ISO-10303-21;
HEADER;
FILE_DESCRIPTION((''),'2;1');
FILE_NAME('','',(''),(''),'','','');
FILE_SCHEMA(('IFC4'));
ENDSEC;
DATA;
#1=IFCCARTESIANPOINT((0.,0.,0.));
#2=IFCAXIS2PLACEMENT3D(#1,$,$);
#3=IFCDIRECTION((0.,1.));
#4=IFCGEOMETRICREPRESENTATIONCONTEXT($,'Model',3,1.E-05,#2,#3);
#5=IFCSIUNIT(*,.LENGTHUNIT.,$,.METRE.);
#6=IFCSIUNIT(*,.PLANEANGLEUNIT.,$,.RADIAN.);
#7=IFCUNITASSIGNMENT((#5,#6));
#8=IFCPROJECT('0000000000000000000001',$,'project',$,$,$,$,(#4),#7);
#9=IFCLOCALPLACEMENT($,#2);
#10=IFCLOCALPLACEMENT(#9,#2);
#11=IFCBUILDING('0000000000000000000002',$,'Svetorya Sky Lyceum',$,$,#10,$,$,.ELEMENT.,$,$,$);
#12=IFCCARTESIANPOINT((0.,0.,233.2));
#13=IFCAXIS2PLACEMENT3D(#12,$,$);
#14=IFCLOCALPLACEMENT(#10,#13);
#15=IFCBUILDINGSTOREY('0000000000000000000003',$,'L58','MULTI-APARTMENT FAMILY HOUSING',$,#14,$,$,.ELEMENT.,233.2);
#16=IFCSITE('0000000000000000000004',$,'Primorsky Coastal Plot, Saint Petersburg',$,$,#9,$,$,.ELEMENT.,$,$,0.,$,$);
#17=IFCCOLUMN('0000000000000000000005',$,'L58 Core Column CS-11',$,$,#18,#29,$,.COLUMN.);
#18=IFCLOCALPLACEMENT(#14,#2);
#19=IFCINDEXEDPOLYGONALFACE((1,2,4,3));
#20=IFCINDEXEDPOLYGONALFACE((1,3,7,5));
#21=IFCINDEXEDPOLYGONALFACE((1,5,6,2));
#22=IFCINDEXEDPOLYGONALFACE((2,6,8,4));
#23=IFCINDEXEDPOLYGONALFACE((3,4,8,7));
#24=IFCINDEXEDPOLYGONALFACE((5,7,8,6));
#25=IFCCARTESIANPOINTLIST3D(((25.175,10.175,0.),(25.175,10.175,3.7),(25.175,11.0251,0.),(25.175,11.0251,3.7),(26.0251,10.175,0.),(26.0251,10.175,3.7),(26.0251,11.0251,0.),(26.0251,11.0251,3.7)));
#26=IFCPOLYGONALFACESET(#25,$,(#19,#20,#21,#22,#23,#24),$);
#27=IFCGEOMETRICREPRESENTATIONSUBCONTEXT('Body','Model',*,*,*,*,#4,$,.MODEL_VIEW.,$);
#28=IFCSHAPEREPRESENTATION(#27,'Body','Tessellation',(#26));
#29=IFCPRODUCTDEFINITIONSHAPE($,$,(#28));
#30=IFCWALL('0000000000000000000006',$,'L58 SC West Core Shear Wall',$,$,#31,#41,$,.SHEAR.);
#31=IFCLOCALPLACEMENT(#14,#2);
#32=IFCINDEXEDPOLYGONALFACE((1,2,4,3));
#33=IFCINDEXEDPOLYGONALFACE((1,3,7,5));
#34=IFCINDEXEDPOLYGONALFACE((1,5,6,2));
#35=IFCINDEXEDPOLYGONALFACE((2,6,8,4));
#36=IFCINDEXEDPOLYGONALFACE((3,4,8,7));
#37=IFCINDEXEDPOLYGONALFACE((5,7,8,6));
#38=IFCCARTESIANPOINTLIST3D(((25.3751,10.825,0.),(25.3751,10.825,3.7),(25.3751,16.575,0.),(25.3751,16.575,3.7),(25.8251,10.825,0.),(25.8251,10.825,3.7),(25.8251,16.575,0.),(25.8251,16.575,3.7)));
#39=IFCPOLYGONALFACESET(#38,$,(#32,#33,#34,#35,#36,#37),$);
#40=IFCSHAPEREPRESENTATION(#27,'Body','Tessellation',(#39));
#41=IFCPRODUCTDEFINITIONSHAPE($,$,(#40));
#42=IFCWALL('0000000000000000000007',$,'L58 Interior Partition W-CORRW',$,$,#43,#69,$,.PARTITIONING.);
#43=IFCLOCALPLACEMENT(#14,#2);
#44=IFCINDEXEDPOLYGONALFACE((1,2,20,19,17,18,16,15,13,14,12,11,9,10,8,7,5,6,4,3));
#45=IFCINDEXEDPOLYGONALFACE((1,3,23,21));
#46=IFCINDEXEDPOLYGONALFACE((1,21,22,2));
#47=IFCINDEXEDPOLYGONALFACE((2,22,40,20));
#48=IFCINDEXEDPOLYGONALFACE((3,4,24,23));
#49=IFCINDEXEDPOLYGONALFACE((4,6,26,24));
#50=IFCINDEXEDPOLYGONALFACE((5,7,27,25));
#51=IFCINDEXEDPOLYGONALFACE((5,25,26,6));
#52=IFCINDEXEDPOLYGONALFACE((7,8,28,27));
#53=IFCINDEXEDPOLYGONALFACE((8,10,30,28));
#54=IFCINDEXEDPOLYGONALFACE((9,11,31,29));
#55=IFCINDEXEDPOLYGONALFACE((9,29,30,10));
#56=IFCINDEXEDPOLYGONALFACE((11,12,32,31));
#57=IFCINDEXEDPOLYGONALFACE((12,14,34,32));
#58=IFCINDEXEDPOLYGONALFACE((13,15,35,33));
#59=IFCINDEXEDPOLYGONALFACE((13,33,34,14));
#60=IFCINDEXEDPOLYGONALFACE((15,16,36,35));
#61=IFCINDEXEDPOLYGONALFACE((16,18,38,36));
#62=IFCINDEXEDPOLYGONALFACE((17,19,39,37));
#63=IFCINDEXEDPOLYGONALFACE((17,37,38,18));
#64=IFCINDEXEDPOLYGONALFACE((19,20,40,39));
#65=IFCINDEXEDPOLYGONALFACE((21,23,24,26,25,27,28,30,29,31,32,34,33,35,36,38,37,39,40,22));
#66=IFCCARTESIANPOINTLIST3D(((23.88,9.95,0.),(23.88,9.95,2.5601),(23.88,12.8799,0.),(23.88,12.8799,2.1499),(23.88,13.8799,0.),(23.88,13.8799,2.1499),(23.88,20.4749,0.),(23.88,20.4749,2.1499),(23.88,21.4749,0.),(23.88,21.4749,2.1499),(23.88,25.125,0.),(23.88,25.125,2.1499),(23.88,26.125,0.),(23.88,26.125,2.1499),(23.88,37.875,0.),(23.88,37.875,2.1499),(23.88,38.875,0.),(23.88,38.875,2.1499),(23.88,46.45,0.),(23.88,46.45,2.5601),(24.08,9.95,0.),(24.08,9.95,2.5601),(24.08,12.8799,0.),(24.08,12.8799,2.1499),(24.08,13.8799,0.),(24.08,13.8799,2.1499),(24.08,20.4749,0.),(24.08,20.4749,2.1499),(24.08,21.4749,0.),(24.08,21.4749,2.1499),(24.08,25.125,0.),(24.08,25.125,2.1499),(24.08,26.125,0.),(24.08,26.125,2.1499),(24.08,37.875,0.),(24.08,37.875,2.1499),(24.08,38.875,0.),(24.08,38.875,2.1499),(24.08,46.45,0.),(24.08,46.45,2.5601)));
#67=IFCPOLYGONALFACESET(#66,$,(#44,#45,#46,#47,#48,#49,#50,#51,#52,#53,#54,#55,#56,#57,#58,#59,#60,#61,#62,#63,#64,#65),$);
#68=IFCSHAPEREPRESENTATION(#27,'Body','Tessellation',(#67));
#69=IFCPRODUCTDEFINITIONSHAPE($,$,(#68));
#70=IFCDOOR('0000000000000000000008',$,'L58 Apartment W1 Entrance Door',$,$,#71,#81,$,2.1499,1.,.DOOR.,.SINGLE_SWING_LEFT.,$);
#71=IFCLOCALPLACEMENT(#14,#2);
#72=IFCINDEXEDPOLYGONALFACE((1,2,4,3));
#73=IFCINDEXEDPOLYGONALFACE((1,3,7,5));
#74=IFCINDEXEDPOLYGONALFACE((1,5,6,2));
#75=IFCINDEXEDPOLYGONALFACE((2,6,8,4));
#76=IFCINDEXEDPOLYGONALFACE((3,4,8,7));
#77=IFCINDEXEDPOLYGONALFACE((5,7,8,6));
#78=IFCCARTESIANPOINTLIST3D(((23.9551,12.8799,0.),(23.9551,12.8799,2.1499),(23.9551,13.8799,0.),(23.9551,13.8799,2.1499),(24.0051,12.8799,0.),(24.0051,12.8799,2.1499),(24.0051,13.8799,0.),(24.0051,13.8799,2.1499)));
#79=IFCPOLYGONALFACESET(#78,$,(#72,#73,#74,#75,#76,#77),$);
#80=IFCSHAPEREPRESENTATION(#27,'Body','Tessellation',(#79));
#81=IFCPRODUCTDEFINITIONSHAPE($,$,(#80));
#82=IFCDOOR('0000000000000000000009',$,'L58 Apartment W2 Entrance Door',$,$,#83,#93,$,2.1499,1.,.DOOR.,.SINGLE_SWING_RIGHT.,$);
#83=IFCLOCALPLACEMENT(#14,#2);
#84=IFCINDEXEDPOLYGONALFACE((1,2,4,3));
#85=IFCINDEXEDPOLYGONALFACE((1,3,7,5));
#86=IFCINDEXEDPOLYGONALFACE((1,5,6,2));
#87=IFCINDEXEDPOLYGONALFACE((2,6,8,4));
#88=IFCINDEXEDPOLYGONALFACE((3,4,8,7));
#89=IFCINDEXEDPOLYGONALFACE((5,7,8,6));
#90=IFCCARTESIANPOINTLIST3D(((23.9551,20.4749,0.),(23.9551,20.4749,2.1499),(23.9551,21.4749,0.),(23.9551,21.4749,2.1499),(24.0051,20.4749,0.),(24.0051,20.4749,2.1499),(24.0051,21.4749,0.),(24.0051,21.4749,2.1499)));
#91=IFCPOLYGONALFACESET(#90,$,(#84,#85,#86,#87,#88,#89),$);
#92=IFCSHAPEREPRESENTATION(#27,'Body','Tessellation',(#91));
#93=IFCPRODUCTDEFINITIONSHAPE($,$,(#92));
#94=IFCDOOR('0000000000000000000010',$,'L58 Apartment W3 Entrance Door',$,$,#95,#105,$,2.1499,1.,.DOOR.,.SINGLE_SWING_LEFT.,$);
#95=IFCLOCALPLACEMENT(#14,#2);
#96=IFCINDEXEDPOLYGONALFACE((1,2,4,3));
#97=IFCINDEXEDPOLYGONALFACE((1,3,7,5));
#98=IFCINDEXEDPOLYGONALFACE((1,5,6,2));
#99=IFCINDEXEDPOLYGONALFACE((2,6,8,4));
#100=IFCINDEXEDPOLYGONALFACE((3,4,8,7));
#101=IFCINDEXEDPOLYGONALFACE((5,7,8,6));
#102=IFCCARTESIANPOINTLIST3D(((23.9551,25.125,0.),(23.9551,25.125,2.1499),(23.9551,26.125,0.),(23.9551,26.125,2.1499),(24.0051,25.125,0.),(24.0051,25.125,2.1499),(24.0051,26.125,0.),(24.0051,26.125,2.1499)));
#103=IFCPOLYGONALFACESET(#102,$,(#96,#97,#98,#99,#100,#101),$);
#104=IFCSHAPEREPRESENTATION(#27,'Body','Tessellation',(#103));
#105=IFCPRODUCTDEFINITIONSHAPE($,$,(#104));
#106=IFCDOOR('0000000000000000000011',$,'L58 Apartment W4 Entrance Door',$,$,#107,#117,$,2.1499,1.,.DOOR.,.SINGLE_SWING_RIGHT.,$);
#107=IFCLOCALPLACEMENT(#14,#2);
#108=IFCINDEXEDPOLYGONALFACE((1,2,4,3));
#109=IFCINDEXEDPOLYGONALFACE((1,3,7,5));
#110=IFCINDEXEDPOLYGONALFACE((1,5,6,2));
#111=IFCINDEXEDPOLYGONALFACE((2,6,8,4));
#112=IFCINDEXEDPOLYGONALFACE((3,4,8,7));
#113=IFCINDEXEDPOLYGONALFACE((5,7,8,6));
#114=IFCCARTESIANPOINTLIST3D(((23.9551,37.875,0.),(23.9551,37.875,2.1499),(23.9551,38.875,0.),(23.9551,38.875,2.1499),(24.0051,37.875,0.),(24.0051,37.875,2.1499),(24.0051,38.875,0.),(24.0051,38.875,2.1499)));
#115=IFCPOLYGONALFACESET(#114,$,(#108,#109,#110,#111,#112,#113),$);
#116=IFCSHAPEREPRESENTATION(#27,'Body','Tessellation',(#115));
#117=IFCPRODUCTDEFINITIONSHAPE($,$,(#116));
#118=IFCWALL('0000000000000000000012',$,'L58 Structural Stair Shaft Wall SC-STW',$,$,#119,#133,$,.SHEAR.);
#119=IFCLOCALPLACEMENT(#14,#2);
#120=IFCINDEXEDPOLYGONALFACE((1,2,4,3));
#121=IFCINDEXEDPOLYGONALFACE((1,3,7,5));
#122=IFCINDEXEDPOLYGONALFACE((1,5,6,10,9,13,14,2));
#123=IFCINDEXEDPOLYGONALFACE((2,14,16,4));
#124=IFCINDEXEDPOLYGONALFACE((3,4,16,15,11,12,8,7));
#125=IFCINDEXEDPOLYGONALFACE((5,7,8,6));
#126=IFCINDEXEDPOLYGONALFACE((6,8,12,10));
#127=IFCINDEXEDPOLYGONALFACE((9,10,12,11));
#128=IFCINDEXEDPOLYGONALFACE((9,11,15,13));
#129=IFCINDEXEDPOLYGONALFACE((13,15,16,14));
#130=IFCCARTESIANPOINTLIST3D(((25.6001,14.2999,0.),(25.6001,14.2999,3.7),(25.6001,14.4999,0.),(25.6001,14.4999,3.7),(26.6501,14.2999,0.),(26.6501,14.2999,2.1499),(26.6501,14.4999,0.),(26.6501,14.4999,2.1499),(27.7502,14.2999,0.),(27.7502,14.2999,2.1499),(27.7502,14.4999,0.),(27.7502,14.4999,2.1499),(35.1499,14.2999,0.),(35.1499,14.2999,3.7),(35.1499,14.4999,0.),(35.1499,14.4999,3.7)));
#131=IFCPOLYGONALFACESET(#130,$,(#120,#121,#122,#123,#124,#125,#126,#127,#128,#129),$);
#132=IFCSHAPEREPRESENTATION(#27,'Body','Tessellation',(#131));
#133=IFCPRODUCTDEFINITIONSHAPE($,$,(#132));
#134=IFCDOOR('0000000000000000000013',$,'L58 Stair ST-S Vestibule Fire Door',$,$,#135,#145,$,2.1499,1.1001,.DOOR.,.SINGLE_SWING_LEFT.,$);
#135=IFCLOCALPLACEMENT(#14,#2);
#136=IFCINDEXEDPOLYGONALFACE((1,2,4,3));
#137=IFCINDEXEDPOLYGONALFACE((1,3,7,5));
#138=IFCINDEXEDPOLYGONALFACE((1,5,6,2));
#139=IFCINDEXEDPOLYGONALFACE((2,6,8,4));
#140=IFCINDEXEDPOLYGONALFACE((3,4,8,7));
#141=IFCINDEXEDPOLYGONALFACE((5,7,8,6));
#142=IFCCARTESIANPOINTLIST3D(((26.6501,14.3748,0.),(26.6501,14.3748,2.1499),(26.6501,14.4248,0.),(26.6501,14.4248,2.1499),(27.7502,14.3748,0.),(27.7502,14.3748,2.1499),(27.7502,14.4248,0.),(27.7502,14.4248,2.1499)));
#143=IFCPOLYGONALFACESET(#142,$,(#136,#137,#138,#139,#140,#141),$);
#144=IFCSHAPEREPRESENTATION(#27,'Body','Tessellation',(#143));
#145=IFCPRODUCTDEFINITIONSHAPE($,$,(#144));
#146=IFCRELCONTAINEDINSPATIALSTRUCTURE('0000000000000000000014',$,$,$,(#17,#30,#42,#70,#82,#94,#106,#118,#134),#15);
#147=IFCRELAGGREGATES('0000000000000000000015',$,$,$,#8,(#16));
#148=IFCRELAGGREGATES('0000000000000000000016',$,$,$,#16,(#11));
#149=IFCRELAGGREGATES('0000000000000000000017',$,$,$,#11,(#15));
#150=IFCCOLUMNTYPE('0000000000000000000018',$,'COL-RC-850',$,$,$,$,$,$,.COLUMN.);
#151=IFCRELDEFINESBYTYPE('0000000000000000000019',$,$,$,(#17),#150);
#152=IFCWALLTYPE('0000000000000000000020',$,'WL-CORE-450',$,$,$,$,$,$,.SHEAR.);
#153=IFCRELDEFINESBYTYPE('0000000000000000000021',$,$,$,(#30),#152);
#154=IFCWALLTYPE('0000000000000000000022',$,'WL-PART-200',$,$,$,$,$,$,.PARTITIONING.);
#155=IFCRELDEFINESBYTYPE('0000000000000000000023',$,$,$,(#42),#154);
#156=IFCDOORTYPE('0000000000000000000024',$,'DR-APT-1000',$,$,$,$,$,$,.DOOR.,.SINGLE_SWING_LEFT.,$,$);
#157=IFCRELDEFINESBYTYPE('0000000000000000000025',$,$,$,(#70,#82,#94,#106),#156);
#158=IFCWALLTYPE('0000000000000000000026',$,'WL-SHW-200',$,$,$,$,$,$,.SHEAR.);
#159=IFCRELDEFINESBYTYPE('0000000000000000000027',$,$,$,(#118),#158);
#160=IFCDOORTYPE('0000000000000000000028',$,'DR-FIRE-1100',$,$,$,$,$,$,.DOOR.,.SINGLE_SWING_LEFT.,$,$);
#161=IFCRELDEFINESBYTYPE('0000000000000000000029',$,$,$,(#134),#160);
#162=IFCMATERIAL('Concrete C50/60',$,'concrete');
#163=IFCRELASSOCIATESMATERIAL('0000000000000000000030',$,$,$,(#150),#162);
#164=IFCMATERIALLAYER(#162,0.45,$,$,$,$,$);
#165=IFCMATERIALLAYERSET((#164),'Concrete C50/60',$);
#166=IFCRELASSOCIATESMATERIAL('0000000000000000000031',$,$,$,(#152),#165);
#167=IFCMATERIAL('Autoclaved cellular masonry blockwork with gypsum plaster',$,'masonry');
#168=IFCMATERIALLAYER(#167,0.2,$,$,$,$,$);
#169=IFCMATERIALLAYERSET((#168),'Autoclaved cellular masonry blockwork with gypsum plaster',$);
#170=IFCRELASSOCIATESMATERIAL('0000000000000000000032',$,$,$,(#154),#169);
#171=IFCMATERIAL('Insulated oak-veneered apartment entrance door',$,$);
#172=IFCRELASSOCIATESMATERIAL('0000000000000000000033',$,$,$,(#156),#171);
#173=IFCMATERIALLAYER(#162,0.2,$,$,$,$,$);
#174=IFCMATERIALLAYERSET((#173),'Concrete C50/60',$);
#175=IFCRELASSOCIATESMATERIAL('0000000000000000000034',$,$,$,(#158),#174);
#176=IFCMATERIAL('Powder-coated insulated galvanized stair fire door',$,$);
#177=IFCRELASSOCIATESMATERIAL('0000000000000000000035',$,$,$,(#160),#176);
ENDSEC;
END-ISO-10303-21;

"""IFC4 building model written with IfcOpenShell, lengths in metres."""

from ifc_helpers import new_model, si_unit, direction, frame, frame_2d, origin, origin_2d, place, context, subcontext, project, spatial, rectangle, extrude, material, layer, layer_set, material_profile, profile_set, type_object, element, fill, save


model = new_model("IFC4")

# Units and contexts
model_context = context("Model", 3, precision=1e-05, world=origin(), true_north=direction((0.0, 1.0)))
body_context = subcontext(model_context, "Body", "Model", "MODEL_VIEW")
ifc_project = project(units=[si_unit("LENGTHUNIT", "METRE"), si_unit("PLANEANGLEUNIT", "RADIAN")], contexts=[model_context])

# Site, building, storey
site_placement = place(None, origin())
site = spatial("IfcSite", under=ifc_project, at=site_placement, Name="Primorsky Coastal Plot, Saint Petersburg", CompositionType="ELEMENT", RefElevation=0.0)
building_placement = place(site_placement, origin())
building = spatial("IfcBuilding", under=site, at=building_placement, Name="Svetorya Sky Lyceum", CompositionType="ELEMENT")
storey_placement = place(building_placement, frame((0.0, 0.0, 233.2)))
storey = spatial("IfcBuildingStorey", under=building, at=storey_placement, Name="L58", Description="MULTI-APARTMENT FAMILY HOUSING", CompositionType="ELEMENT", Elevation=233.2)

# Column
ifc_material_1 = material(Name="Concrete C50/60", Category="concrete")
ifc_material_profile = material_profile(ifc_material_1, rectangle(XDim=0.8501, YDim=0.8501, at=origin_2d()), Name="RC COL 850x850")
ifc_profile_set = profile_set([ifc_material_profile], Name="Concrete C50/60")
column_type = type_object("IfcColumnType", Name="COL-RC-850", PredefinedType="COLUMN", material=ifc_profile_set)
column_placement = place(storey_placement, frame((25.6001, 10.6001, 0.0), z_axis=(0.0, 0.0, 1.0), x_axis=(1.0, 0.0, 0.0)))
element("IfcColumn", 1, at=column_placement, inside=storey, type_object=column_type, Name="L58 Core Column CS-11", PredefinedType="COLUMN", context=body_context, shape_type="SweptSolid", body=[
    extrude(rectangle(XDim=0.8501, YDim=0.8501, at=origin_2d()), origin(), (0.0, 0.0, 1.0), 3.7),
])

# Wall
ifc_layer_1 = layer(ifc_material_1, 0.45)
ifc_layer_set_1 = layer_set([ifc_layer_1], Name="Concrete C50/60")
wall_type_1 = type_object("IfcWallType", Name="WL-CORE-450", PredefinedType="SHEAR", material=ifc_layer_set_1)
wall_1_placement = place(storey_placement, frame((25.6001, 10.825, 0.0), z_axis=(0.0, 0.0, 1.0), x_axis=(0.0, 1.0, 0.0)))
element("IfcWall", 2, at=wall_1_placement, inside=storey, type_object=wall_type_1, Name="L58 SC West Core Shear Wall", PredefinedType="SHEAR", context=body_context, shape_type="SweptSolid", body=[
    extrude(rectangle(XDim=5.75, YDim=0.45, at=frame_2d((2.875, 0.0))), origin(), (0.0, 0.0, 1.0), 3.7),
])

# Wall, openings, doors
ifc_material_2 = material(Name="Autoclaved cellular masonry blockwork with gypsum plaster", Category="masonry")
ifc_layer_2 = layer(ifc_material_2, 0.2)
ifc_layer_set_2 = layer_set([ifc_layer_2], Name="Autoclaved cellular masonry blockwork with gypsum plaster")
wall_type_2 = type_object("IfcWallType", Name="WL-PART-200", PredefinedType="PARTITIONING", material=ifc_layer_set_2)
wall_2_placement = place(storey_placement, frame((23.98, 9.95, 0.0), z_axis=(0.0, 0.0, 1.0), x_axis=(0.0, 1.0, 0.0)))
wall_2 = element("IfcWall", 3, at=wall_2_placement, inside=storey, type_object=wall_type_2, Name="L58 Interior Partition W-CORRW", PredefinedType="PARTITIONING", context=body_context, shape_type="SweptSolid", body=[
    extrude(rectangle(XDim=36.5, YDim=0.2, at=frame_2d((18.25, 0.0))), origin(), (0.0, 0.0, 1.0), 2.5601),
])
opening_1_placement = place(wall_2_placement, frame((2.9299, 0.0, 0.0)))
opening_1 = element("IfcOpeningElement", 4, at=opening_1_placement, cuts=wall_2, PredefinedType="OPENING", context=body_context, shape_type="SweptSolid", body=[
    extrude(rectangle(XDim=1.0, YDim=2.1499, at=frame_2d((0.5, 1.075))), frame((0.0, 0.1099, 0.0), z_axis=(0.0, -1.0, 0.0), x_axis=(1.0, 0.0, 0.0)), (0.0, 0.0, 1.0), 0.22),
])
opening_2_placement = place(wall_2_placement, frame((10.5249, 0.0, 0.0)))
opening_2 = element("IfcOpeningElement", 5, at=opening_2_placement, cuts=wall_2, PredefinedType="OPENING", context=body_context, shape_type="SweptSolid", body=[
    extrude(rectangle(XDim=1.0, YDim=2.1499, at=frame_2d((0.5, 1.075))), frame((0.0, 0.1099, 0.0), z_axis=(0.0, -1.0, 0.0), x_axis=(1.0, 0.0, 0.0)), (0.0, 0.0, 1.0), 0.22),
])
opening_3_placement = place(wall_2_placement, frame((15.175, 0.0, 0.0)))
opening_3 = element("IfcOpeningElement", 6, at=opening_3_placement, cuts=wall_2, PredefinedType="OPENING", context=body_context, shape_type="SweptSolid", body=[
    extrude(rectangle(XDim=1.0, YDim=2.1499, at=frame_2d((0.5, 1.075))), frame((0.0, 0.1099, 0.0), z_axis=(0.0, -1.0, 0.0), x_axis=(1.0, 0.0, 0.0)), (0.0, 0.0, 1.0), 0.22),
])
opening_4_placement = place(wall_2_placement, frame((27.925, 0.0, 0.0)))
opening_4 = element("IfcOpeningElement", 7, at=opening_4_placement, cuts=wall_2, PredefinedType="OPENING", context=body_context, shape_type="SweptSolid", body=[
    extrude(rectangle(XDim=1.0, YDim=2.1499, at=frame_2d((0.5, 1.075))), frame((0.0, 0.1099, 0.0), z_axis=(0.0, -1.0, 0.0), x_axis=(1.0, 0.0, 0.0)), (0.0, 0.0, 1.0), 0.22),
])
ifc_material_3 = material(Name="Insulated oak-veneered apartment entrance door")
door_type_1 = type_object("IfcDoorType", Name="DR-APT-1000", OperationType="SINGLE_SWING_LEFT", PredefinedType="DOOR", material=ifc_material_3)
door_1_placement = place(opening_1_placement, origin())
door_1 = element("IfcDoor", 8, at=door_1_placement, inside=storey, type_object=door_type_1, Name="L58 Apartment W1 Entrance Door", OperationType="SINGLE_SWING_LEFT", OverallHeight=2.1499, OverallWidth=1.0, PredefinedType="DOOR", context=body_context, shape_type="SweptSolid", body=[
    extrude(rectangle(XDim=1.0, YDim=2.1499, at=frame_2d((0.5, 1.075))), frame((0.0, 0.0249, 0.0), z_axis=(0.0, -1.0, 0.0), x_axis=(1.0, 0.0, 0.0)), (0.0, 0.0, 1.0), 0.05),
])
fill(opening_1, door_1)
door_2_placement = place(opening_2_placement, origin())
door_2 = element("IfcDoor", 9, at=door_2_placement, inside=storey, type_object=door_type_1, Name="L58 Apartment W2 Entrance Door", OperationType="SINGLE_SWING_RIGHT", OverallHeight=2.1499, OverallWidth=1.0, PredefinedType="DOOR", context=body_context, shape_type="SweptSolid", body=[
    extrude(rectangle(XDim=1.0, YDim=2.1499, at=frame_2d((0.5, 1.075))), frame((0.0, 0.0249, 0.0), z_axis=(0.0, -1.0, 0.0), x_axis=(1.0, 0.0, 0.0)), (0.0, 0.0, 1.0), 0.05),
])
fill(opening_2, door_2)
door_3_placement = place(opening_3_placement, origin())
door_3 = element("IfcDoor", 10, at=door_3_placement, inside=storey, type_object=door_type_1, Name="L58 Apartment W3 Entrance Door", OperationType="SINGLE_SWING_LEFT", OverallHeight=2.1499, OverallWidth=1.0, PredefinedType="DOOR", context=body_context, shape_type="SweptSolid", body=[
    extrude(rectangle(XDim=1.0, YDim=2.1499, at=frame_2d((0.5, 1.075))), frame((0.0, 0.0249, 0.0), z_axis=(0.0, -1.0, 0.0), x_axis=(1.0, 0.0, 0.0)), (0.0, 0.0, 1.0), 0.05),
])
fill(opening_3, door_3)
door_4_placement = place(opening_4_placement, origin())
door_4 = element("IfcDoor", 11, at=door_4_placement, inside=storey, type_object=door_type_1, Name="L58 Apartment W4 Entrance Door", OperationType="SINGLE_SWING_RIGHT", OverallHeight=2.1499, OverallWidth=1.0, PredefinedType="DOOR", context=body_context, shape_type="SweptSolid", body=[
    extrude(rectangle(XDim=1.0, YDim=2.1499, at=frame_2d((0.5, 1.075))), frame((0.0, 0.0249, 0.0), z_axis=(0.0, -1.0, 0.0), x_axis=(1.0, 0.0, 0.0)), (0.0, 0.0, 1.0), 0.05),
])
fill(opening_4, door_4)

# Wall, opening, door
ifc_layer_3 = layer(ifc_material_1, 0.2)
ifc_layer_set_3 = layer_set([ifc_layer_3], Name="Concrete C50/60")
wall_type_3 = type_object("IfcWallType", Name="WL-SHW-200", PredefinedType="SHEAR", material=ifc_layer_set_3)
wall_3_placement = place(storey_placement, frame((25.6001, 14.3999, 0.0), z_axis=(0.0, 0.0, 1.0), x_axis=(1.0, 0.0, 0.0)))
wall_3 = element("IfcWall", 12, at=wall_3_placement, inside=storey, type_object=wall_type_3, Name="L58 Structural Stair Shaft Wall SC-STW", PredefinedType="SHEAR", context=body_context, shape_type="SweptSolid", body=[
    extrude(rectangle(XDim=9.5498, YDim=0.2, at=frame_2d((4.7749, 0.0))), origin(), (0.0, 0.0, 1.0), 3.7),
])
opening_5_placement = place(wall_3_placement, frame((1.05, 0.0, 0.0)))
opening_5 = element("IfcOpeningElement", 13, at=opening_5_placement, cuts=wall_3, PredefinedType="OPENING", context=body_context, shape_type="SweptSolid", body=[
    extrude(rectangle(XDim=1.1001, YDim=2.1499, at=frame_2d((0.55, 1.075))), frame((0.0, 0.1099, 0.0), z_axis=(0.0, -1.0, 0.0), x_axis=(1.0, 0.0, 0.0)), (0.0, 0.0, 1.0), 0.22),
])
ifc_material_4 = material(Name="Powder-coated insulated galvanized stair fire door")
door_type_2 = type_object("IfcDoorType", Name="DR-FIRE-1100", OperationType="SINGLE_SWING_LEFT", PredefinedType="DOOR", material=ifc_material_4)
door_5_placement = place(opening_5_placement, origin())
door_5 = element("IfcDoor", 14, at=door_5_placement, inside=storey, type_object=door_type_2, Name="L58 Stair ST-S Vestibule Fire Door", OperationType="SINGLE_SWING_LEFT", OverallHeight=2.1499, OverallWidth=1.1001, PredefinedType="DOOR", context=body_context, shape_type="SweptSolid", body=[
    extrude(rectangle(XDim=1.1001, YDim=2.1499, at=frame_2d((0.55, 1.075))), frame((0.0, 0.0249, 0.0), z_axis=(0.0, -1.0, 0.0), x_axis=(1.0, 0.0, 0.0)), (0.0, 0.0, 1.0), 0.05),
])
fill(opening_5, door_5)

save(model, "model.ifc")
